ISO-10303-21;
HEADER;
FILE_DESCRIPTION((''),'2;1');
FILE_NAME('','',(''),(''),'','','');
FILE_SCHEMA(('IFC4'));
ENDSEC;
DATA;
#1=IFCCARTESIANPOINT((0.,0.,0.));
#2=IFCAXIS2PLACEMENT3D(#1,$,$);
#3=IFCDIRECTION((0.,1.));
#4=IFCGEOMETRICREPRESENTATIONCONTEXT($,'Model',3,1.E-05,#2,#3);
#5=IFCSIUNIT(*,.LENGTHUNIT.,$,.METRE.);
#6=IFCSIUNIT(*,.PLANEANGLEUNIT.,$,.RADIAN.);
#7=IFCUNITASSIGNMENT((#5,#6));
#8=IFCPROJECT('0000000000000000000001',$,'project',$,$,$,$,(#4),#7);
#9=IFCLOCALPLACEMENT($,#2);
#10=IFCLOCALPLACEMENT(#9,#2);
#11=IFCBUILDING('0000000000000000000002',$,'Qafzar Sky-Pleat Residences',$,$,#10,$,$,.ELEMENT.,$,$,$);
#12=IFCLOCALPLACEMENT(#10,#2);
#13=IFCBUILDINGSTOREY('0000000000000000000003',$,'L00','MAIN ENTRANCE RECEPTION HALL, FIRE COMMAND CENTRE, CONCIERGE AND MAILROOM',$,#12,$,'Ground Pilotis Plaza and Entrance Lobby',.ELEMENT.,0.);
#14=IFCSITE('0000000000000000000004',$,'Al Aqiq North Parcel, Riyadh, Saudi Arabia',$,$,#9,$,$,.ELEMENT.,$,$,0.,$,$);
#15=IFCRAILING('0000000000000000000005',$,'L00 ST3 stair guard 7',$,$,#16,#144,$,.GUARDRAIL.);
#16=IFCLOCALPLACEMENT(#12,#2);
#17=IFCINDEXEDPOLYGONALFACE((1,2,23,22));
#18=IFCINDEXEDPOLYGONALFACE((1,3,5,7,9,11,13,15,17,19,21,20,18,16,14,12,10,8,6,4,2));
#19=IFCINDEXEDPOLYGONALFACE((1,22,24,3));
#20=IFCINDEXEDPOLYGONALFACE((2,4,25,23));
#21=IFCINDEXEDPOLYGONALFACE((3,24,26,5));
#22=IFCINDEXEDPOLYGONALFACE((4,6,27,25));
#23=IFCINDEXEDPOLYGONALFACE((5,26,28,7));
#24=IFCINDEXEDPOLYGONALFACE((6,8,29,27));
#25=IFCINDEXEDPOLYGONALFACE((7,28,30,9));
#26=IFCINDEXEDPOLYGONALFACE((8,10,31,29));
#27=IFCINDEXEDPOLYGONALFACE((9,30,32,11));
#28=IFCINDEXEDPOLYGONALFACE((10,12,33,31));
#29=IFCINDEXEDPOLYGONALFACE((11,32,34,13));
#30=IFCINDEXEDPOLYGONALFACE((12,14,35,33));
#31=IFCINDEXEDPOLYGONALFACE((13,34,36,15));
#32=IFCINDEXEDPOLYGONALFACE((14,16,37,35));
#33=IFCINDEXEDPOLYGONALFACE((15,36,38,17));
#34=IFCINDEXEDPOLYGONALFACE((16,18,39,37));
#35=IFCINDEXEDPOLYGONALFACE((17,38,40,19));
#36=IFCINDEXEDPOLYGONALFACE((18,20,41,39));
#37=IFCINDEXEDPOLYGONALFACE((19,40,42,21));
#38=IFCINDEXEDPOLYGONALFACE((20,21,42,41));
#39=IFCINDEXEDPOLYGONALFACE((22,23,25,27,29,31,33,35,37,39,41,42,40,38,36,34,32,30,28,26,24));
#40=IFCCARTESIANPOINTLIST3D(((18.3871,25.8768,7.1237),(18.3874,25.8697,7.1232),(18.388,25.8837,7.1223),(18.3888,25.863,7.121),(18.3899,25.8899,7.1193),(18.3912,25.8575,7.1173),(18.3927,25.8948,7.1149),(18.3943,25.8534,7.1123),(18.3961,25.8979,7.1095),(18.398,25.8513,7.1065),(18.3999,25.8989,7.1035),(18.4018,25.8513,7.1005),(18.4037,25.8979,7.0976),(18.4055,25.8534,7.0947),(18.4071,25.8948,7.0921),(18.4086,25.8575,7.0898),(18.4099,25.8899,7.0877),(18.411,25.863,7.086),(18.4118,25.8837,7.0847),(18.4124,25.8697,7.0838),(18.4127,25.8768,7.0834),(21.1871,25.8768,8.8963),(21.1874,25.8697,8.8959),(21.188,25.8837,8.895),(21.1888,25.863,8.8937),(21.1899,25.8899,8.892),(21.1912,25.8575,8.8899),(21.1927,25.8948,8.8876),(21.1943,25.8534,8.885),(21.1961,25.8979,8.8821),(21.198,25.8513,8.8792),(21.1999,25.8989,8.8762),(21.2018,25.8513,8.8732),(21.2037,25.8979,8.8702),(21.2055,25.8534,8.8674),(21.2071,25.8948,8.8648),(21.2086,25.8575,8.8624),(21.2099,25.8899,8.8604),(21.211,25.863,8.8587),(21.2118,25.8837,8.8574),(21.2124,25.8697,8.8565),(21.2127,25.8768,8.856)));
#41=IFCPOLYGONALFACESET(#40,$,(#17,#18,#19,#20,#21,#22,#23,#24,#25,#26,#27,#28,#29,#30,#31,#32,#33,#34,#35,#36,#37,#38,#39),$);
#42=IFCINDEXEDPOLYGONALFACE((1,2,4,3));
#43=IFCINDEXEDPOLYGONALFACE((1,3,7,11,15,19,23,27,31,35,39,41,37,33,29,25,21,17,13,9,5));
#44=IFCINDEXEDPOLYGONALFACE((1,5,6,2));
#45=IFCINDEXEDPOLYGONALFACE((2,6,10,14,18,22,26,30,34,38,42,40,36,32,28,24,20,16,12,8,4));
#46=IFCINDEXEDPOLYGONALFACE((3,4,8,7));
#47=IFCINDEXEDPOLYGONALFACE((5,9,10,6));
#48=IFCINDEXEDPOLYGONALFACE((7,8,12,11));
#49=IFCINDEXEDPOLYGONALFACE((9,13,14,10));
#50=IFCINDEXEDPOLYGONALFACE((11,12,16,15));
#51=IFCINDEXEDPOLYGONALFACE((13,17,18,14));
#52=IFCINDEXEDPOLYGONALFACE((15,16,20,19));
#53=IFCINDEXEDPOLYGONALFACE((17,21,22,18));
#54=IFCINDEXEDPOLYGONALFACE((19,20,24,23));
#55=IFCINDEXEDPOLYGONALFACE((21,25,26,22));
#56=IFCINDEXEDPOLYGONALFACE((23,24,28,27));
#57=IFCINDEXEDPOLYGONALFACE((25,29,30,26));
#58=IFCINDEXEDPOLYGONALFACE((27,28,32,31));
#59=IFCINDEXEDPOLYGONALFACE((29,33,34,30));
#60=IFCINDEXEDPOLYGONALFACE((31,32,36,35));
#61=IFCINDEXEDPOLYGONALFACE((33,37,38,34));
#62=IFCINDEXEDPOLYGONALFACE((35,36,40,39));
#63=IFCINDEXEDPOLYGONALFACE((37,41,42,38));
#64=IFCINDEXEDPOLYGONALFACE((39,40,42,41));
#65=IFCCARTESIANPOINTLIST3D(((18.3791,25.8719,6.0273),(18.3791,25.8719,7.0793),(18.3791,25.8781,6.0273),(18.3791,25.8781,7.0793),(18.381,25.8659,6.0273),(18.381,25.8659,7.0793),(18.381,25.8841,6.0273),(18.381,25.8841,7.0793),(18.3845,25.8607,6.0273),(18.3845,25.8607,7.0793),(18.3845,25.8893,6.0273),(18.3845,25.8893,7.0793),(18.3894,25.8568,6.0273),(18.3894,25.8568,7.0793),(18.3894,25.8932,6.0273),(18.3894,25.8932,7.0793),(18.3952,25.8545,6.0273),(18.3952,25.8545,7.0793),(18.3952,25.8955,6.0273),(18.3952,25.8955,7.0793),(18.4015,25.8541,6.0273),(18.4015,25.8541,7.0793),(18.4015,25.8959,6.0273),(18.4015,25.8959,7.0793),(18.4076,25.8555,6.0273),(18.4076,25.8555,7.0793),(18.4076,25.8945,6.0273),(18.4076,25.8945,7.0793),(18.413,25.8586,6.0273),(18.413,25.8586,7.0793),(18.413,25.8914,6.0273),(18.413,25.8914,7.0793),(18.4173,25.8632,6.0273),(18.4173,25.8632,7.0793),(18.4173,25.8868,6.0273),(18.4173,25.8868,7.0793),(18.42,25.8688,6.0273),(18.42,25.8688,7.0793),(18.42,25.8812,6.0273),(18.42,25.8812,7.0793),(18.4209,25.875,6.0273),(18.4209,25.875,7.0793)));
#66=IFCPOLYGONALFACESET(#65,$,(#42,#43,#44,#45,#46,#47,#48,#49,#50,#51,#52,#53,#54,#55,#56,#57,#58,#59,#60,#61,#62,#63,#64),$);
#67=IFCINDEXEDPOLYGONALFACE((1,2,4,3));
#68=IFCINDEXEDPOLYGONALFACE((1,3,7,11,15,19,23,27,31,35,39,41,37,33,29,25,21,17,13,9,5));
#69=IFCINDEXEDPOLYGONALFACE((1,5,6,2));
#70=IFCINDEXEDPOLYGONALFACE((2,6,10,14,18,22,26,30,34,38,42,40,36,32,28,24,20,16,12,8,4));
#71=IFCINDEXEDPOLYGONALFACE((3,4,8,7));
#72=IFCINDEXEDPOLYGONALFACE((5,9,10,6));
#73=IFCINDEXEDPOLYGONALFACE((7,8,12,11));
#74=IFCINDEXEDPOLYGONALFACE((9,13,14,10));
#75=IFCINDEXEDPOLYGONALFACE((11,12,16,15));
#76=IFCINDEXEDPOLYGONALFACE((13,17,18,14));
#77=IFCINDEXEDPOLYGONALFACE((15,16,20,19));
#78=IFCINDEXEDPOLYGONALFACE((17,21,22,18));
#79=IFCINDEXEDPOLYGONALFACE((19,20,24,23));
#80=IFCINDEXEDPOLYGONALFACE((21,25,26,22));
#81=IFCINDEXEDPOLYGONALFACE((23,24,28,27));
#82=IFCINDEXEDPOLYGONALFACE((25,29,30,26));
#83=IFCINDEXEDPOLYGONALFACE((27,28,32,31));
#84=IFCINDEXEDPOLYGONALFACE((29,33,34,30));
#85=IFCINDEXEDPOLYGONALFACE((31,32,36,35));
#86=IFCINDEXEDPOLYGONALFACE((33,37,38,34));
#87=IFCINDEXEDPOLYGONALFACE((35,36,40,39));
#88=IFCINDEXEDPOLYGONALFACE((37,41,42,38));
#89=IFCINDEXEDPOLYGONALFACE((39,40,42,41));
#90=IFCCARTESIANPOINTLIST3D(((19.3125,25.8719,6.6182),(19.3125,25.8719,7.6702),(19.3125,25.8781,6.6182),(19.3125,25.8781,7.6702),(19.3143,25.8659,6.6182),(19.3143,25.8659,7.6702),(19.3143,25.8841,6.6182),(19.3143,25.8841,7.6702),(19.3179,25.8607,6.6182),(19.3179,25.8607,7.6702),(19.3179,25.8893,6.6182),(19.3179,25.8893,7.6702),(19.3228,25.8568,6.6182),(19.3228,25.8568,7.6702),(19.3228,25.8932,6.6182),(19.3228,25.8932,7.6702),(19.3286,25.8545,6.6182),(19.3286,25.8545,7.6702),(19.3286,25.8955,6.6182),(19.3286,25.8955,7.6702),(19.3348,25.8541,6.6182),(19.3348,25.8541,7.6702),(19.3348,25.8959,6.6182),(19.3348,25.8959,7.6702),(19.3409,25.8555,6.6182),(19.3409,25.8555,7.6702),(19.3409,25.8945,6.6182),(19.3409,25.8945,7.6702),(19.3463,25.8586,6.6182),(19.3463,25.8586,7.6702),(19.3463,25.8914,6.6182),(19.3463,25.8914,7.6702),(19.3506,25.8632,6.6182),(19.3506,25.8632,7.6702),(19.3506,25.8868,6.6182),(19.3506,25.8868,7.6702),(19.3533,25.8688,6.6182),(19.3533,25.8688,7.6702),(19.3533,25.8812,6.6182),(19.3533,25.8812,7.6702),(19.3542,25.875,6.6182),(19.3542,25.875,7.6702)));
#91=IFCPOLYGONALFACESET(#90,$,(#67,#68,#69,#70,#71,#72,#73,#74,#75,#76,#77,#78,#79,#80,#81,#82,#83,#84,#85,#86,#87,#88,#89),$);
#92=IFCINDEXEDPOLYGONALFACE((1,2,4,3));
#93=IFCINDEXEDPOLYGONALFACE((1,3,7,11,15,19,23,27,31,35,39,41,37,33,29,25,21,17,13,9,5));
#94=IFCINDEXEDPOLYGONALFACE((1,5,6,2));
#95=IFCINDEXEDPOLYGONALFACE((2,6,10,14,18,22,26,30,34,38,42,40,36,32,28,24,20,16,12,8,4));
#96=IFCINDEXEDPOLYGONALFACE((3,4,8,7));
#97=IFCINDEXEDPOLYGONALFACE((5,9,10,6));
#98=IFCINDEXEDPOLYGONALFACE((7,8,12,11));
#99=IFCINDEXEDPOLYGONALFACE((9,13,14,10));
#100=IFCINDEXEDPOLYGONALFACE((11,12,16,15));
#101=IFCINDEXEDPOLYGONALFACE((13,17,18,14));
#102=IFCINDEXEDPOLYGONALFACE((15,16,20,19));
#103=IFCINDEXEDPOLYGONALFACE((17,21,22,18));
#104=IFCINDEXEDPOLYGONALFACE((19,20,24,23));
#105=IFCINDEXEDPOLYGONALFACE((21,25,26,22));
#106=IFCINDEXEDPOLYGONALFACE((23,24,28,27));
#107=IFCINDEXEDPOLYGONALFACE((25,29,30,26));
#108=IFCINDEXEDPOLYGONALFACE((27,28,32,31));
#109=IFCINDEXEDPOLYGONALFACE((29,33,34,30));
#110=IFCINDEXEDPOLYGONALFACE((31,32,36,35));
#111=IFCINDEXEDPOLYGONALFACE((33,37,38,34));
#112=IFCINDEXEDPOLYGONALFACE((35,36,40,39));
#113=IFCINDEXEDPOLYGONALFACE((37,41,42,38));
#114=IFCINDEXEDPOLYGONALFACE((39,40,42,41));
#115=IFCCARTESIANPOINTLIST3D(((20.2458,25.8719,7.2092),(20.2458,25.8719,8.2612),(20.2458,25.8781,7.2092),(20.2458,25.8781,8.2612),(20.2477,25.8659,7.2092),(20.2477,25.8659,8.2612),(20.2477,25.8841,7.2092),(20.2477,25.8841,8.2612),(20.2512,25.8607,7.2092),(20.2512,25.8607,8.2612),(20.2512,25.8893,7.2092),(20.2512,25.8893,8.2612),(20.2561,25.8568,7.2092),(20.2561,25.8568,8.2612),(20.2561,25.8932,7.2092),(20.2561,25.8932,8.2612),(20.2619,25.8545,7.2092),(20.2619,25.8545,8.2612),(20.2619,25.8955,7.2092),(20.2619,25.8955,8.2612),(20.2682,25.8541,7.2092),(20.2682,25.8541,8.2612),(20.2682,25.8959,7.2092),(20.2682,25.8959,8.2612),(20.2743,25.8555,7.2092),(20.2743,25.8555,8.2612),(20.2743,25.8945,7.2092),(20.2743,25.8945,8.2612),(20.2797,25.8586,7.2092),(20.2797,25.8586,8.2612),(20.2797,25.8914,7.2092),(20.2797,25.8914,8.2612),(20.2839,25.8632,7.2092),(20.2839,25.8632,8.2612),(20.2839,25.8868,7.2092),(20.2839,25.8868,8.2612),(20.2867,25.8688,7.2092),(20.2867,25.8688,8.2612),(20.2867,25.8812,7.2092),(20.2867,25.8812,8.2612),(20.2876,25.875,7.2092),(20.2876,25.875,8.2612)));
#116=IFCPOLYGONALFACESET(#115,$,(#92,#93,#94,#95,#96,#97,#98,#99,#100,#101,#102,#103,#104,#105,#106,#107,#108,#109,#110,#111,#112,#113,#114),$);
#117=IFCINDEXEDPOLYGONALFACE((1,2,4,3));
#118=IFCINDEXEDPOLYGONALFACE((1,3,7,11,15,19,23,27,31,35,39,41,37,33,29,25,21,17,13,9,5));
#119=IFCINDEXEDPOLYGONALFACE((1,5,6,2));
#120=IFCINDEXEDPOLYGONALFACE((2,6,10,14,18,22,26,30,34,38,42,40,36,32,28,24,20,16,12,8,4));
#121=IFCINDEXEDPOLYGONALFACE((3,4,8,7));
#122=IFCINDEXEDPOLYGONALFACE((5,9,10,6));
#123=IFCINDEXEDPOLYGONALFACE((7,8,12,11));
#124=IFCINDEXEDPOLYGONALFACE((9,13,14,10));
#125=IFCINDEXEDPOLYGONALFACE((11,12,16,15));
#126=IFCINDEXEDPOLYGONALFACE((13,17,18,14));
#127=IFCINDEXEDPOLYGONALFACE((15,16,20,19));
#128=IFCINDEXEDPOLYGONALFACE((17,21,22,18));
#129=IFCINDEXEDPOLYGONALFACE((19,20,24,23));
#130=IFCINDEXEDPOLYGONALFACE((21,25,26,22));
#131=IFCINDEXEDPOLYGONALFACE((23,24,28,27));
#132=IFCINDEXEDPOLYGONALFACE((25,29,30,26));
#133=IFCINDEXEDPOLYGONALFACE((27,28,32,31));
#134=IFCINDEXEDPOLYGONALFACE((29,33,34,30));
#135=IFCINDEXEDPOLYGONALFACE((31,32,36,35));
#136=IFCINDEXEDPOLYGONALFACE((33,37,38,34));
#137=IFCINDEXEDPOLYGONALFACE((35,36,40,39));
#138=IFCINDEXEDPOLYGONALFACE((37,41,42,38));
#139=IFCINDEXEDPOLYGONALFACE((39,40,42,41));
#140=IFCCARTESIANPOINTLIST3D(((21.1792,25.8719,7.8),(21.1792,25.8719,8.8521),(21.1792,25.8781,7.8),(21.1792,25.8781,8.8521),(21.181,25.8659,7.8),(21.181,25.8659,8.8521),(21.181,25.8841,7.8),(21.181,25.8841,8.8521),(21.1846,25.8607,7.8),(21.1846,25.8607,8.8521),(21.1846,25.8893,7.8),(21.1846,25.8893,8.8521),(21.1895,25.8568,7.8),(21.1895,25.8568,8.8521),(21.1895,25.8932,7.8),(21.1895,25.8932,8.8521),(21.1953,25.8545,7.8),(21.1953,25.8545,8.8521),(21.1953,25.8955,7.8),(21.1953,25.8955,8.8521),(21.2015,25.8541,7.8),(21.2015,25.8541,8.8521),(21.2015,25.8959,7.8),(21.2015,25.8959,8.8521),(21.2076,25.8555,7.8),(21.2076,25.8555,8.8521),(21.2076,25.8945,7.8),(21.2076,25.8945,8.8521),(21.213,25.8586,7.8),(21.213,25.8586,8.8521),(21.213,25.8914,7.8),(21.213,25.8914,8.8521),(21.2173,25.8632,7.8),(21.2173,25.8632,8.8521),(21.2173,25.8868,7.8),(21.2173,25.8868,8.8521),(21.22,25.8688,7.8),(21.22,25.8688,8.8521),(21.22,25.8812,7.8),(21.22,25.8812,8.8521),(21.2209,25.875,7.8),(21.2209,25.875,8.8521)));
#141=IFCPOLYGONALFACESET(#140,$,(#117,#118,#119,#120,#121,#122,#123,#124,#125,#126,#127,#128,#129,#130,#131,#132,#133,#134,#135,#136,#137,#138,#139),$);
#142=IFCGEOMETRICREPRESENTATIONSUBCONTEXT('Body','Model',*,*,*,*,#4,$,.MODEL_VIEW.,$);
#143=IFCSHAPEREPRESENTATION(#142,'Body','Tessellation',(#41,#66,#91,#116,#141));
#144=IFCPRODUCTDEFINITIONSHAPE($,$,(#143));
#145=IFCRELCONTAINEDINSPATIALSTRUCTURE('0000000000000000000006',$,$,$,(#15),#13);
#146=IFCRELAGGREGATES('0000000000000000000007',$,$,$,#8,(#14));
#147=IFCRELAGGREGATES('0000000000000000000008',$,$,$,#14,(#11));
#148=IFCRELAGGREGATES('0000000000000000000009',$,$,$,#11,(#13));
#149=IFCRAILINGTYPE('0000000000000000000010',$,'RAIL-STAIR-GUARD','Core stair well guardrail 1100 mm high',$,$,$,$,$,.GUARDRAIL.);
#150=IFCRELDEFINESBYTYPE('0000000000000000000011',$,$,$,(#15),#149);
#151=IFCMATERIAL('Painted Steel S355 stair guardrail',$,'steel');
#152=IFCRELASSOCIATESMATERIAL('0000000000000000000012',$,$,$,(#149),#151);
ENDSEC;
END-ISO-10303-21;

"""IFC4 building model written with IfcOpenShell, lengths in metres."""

from ifc_helpers import new_model, si_unit, direction, frame, origin, origin_2d, place, context, subcontext, project, spatial, circle, extrude, source, transform, mapped, material, type_object, element, save


model = new_model("IFC4")

# Units and contexts
model_context = context("Model", 3, precision=1e-05, world=origin(), true_north=direction((0.0, 1.0)))
body_context = subcontext(model_context, "Body", "Model", "MODEL_VIEW")
ifc_project = project(units=[si_unit("LENGTHUNIT", "METRE"), si_unit("PLANEANGLEUNIT", "RADIAN")], contexts=[model_context])

# Site, building, storey
site_placement = place(None, origin())
site = spatial("IfcSite", under=ifc_project, at=site_placement, Name="Al Aqiq North Parcel, Riyadh, Saudi Arabia", CompositionType="ELEMENT", RefElevation=0.0)
building_placement = place(site_placement, origin())
building = spatial("IfcBuilding", under=site, at=building_placement, Name="Qafzar Sky-Pleat Residences", CompositionType="ELEMENT")
storey_placement = place(building_placement, origin())
storey = spatial("IfcBuildingStorey", under=building, at=storey_placement, Name="L00", Description="MAIN ENTRANCE RECEPTION HALL, FIRE COMMAND CENTRE, CONCIERGE AND MAILROOM", LongName="Ground Pilotis Plaza and Entrance Lobby", CompositionType="ELEMENT", Elevation=0.0)

# Railing
ifc_material_1 = material(Name="Painted Steel S355 stair guardrail", Category="steel")
railing_type_1 = type_object("IfcRailingType", Name="RAIL-STAIR-GUARD", Description="Core stair well guardrail 1100 mm high", PredefinedType="GUARDRAIL", material=ifc_material_1)
shared_shape_1 = source(origin(), body_context, "Body", "SweptSolid", [
    extrude(circle(Radius=0.0239, at=origin_2d()), frame((0.0, 0.0, 1.0762), z_axis=(0.844909, 0.0, 0.53491), x_axis=(0.0, 1.0, 0.0)), (0.0, 0.0, 1.0), 3.314),
    extrude(circle(Radius=0.021, at=origin_2d()), origin(), (0.0, 0.0, 1.0), 1.052),
    extrude(circle(Radius=0.021, at=origin_2d()), frame((0.9333, 0.0, 0.5908)), (0.0, 0.0, 1.0), 1.052),
    extrude(circle(Radius=0.021, at=origin_2d()), frame((1.8667, 0.0, 1.1819)), (0.0, 0.0, 1.0), 1.052),
    extrude(circle(Radius=0.021, at=origin_2d()), frame((2.8, 0.0, 1.7727)), (0.0, 0.0, 1.0), 1.052),
])
for number, where, name in (
    (1, (18.3999, 25.875, 6.0273), "L00 ST3 stair guard 7"),
):
    element("IfcRailing", number, at=place(storey_placement, frame(where)), inside=storey, type_object=railing_type_1, Name=name, PredefinedType="GUARDRAIL", context=body_context, shape_type="MappedRepresentation", body=[
        mapped(shared_shape_1, transform((0.0, 0.0, 0.0), x_axis=(1.0, 0.0, 0.0), y_axis=(0.0, 1.0, 0.0), z_axis=(0.0, 0.0, 1.0), scale=1.0)),
    ])

save(model, "model.ifc")
